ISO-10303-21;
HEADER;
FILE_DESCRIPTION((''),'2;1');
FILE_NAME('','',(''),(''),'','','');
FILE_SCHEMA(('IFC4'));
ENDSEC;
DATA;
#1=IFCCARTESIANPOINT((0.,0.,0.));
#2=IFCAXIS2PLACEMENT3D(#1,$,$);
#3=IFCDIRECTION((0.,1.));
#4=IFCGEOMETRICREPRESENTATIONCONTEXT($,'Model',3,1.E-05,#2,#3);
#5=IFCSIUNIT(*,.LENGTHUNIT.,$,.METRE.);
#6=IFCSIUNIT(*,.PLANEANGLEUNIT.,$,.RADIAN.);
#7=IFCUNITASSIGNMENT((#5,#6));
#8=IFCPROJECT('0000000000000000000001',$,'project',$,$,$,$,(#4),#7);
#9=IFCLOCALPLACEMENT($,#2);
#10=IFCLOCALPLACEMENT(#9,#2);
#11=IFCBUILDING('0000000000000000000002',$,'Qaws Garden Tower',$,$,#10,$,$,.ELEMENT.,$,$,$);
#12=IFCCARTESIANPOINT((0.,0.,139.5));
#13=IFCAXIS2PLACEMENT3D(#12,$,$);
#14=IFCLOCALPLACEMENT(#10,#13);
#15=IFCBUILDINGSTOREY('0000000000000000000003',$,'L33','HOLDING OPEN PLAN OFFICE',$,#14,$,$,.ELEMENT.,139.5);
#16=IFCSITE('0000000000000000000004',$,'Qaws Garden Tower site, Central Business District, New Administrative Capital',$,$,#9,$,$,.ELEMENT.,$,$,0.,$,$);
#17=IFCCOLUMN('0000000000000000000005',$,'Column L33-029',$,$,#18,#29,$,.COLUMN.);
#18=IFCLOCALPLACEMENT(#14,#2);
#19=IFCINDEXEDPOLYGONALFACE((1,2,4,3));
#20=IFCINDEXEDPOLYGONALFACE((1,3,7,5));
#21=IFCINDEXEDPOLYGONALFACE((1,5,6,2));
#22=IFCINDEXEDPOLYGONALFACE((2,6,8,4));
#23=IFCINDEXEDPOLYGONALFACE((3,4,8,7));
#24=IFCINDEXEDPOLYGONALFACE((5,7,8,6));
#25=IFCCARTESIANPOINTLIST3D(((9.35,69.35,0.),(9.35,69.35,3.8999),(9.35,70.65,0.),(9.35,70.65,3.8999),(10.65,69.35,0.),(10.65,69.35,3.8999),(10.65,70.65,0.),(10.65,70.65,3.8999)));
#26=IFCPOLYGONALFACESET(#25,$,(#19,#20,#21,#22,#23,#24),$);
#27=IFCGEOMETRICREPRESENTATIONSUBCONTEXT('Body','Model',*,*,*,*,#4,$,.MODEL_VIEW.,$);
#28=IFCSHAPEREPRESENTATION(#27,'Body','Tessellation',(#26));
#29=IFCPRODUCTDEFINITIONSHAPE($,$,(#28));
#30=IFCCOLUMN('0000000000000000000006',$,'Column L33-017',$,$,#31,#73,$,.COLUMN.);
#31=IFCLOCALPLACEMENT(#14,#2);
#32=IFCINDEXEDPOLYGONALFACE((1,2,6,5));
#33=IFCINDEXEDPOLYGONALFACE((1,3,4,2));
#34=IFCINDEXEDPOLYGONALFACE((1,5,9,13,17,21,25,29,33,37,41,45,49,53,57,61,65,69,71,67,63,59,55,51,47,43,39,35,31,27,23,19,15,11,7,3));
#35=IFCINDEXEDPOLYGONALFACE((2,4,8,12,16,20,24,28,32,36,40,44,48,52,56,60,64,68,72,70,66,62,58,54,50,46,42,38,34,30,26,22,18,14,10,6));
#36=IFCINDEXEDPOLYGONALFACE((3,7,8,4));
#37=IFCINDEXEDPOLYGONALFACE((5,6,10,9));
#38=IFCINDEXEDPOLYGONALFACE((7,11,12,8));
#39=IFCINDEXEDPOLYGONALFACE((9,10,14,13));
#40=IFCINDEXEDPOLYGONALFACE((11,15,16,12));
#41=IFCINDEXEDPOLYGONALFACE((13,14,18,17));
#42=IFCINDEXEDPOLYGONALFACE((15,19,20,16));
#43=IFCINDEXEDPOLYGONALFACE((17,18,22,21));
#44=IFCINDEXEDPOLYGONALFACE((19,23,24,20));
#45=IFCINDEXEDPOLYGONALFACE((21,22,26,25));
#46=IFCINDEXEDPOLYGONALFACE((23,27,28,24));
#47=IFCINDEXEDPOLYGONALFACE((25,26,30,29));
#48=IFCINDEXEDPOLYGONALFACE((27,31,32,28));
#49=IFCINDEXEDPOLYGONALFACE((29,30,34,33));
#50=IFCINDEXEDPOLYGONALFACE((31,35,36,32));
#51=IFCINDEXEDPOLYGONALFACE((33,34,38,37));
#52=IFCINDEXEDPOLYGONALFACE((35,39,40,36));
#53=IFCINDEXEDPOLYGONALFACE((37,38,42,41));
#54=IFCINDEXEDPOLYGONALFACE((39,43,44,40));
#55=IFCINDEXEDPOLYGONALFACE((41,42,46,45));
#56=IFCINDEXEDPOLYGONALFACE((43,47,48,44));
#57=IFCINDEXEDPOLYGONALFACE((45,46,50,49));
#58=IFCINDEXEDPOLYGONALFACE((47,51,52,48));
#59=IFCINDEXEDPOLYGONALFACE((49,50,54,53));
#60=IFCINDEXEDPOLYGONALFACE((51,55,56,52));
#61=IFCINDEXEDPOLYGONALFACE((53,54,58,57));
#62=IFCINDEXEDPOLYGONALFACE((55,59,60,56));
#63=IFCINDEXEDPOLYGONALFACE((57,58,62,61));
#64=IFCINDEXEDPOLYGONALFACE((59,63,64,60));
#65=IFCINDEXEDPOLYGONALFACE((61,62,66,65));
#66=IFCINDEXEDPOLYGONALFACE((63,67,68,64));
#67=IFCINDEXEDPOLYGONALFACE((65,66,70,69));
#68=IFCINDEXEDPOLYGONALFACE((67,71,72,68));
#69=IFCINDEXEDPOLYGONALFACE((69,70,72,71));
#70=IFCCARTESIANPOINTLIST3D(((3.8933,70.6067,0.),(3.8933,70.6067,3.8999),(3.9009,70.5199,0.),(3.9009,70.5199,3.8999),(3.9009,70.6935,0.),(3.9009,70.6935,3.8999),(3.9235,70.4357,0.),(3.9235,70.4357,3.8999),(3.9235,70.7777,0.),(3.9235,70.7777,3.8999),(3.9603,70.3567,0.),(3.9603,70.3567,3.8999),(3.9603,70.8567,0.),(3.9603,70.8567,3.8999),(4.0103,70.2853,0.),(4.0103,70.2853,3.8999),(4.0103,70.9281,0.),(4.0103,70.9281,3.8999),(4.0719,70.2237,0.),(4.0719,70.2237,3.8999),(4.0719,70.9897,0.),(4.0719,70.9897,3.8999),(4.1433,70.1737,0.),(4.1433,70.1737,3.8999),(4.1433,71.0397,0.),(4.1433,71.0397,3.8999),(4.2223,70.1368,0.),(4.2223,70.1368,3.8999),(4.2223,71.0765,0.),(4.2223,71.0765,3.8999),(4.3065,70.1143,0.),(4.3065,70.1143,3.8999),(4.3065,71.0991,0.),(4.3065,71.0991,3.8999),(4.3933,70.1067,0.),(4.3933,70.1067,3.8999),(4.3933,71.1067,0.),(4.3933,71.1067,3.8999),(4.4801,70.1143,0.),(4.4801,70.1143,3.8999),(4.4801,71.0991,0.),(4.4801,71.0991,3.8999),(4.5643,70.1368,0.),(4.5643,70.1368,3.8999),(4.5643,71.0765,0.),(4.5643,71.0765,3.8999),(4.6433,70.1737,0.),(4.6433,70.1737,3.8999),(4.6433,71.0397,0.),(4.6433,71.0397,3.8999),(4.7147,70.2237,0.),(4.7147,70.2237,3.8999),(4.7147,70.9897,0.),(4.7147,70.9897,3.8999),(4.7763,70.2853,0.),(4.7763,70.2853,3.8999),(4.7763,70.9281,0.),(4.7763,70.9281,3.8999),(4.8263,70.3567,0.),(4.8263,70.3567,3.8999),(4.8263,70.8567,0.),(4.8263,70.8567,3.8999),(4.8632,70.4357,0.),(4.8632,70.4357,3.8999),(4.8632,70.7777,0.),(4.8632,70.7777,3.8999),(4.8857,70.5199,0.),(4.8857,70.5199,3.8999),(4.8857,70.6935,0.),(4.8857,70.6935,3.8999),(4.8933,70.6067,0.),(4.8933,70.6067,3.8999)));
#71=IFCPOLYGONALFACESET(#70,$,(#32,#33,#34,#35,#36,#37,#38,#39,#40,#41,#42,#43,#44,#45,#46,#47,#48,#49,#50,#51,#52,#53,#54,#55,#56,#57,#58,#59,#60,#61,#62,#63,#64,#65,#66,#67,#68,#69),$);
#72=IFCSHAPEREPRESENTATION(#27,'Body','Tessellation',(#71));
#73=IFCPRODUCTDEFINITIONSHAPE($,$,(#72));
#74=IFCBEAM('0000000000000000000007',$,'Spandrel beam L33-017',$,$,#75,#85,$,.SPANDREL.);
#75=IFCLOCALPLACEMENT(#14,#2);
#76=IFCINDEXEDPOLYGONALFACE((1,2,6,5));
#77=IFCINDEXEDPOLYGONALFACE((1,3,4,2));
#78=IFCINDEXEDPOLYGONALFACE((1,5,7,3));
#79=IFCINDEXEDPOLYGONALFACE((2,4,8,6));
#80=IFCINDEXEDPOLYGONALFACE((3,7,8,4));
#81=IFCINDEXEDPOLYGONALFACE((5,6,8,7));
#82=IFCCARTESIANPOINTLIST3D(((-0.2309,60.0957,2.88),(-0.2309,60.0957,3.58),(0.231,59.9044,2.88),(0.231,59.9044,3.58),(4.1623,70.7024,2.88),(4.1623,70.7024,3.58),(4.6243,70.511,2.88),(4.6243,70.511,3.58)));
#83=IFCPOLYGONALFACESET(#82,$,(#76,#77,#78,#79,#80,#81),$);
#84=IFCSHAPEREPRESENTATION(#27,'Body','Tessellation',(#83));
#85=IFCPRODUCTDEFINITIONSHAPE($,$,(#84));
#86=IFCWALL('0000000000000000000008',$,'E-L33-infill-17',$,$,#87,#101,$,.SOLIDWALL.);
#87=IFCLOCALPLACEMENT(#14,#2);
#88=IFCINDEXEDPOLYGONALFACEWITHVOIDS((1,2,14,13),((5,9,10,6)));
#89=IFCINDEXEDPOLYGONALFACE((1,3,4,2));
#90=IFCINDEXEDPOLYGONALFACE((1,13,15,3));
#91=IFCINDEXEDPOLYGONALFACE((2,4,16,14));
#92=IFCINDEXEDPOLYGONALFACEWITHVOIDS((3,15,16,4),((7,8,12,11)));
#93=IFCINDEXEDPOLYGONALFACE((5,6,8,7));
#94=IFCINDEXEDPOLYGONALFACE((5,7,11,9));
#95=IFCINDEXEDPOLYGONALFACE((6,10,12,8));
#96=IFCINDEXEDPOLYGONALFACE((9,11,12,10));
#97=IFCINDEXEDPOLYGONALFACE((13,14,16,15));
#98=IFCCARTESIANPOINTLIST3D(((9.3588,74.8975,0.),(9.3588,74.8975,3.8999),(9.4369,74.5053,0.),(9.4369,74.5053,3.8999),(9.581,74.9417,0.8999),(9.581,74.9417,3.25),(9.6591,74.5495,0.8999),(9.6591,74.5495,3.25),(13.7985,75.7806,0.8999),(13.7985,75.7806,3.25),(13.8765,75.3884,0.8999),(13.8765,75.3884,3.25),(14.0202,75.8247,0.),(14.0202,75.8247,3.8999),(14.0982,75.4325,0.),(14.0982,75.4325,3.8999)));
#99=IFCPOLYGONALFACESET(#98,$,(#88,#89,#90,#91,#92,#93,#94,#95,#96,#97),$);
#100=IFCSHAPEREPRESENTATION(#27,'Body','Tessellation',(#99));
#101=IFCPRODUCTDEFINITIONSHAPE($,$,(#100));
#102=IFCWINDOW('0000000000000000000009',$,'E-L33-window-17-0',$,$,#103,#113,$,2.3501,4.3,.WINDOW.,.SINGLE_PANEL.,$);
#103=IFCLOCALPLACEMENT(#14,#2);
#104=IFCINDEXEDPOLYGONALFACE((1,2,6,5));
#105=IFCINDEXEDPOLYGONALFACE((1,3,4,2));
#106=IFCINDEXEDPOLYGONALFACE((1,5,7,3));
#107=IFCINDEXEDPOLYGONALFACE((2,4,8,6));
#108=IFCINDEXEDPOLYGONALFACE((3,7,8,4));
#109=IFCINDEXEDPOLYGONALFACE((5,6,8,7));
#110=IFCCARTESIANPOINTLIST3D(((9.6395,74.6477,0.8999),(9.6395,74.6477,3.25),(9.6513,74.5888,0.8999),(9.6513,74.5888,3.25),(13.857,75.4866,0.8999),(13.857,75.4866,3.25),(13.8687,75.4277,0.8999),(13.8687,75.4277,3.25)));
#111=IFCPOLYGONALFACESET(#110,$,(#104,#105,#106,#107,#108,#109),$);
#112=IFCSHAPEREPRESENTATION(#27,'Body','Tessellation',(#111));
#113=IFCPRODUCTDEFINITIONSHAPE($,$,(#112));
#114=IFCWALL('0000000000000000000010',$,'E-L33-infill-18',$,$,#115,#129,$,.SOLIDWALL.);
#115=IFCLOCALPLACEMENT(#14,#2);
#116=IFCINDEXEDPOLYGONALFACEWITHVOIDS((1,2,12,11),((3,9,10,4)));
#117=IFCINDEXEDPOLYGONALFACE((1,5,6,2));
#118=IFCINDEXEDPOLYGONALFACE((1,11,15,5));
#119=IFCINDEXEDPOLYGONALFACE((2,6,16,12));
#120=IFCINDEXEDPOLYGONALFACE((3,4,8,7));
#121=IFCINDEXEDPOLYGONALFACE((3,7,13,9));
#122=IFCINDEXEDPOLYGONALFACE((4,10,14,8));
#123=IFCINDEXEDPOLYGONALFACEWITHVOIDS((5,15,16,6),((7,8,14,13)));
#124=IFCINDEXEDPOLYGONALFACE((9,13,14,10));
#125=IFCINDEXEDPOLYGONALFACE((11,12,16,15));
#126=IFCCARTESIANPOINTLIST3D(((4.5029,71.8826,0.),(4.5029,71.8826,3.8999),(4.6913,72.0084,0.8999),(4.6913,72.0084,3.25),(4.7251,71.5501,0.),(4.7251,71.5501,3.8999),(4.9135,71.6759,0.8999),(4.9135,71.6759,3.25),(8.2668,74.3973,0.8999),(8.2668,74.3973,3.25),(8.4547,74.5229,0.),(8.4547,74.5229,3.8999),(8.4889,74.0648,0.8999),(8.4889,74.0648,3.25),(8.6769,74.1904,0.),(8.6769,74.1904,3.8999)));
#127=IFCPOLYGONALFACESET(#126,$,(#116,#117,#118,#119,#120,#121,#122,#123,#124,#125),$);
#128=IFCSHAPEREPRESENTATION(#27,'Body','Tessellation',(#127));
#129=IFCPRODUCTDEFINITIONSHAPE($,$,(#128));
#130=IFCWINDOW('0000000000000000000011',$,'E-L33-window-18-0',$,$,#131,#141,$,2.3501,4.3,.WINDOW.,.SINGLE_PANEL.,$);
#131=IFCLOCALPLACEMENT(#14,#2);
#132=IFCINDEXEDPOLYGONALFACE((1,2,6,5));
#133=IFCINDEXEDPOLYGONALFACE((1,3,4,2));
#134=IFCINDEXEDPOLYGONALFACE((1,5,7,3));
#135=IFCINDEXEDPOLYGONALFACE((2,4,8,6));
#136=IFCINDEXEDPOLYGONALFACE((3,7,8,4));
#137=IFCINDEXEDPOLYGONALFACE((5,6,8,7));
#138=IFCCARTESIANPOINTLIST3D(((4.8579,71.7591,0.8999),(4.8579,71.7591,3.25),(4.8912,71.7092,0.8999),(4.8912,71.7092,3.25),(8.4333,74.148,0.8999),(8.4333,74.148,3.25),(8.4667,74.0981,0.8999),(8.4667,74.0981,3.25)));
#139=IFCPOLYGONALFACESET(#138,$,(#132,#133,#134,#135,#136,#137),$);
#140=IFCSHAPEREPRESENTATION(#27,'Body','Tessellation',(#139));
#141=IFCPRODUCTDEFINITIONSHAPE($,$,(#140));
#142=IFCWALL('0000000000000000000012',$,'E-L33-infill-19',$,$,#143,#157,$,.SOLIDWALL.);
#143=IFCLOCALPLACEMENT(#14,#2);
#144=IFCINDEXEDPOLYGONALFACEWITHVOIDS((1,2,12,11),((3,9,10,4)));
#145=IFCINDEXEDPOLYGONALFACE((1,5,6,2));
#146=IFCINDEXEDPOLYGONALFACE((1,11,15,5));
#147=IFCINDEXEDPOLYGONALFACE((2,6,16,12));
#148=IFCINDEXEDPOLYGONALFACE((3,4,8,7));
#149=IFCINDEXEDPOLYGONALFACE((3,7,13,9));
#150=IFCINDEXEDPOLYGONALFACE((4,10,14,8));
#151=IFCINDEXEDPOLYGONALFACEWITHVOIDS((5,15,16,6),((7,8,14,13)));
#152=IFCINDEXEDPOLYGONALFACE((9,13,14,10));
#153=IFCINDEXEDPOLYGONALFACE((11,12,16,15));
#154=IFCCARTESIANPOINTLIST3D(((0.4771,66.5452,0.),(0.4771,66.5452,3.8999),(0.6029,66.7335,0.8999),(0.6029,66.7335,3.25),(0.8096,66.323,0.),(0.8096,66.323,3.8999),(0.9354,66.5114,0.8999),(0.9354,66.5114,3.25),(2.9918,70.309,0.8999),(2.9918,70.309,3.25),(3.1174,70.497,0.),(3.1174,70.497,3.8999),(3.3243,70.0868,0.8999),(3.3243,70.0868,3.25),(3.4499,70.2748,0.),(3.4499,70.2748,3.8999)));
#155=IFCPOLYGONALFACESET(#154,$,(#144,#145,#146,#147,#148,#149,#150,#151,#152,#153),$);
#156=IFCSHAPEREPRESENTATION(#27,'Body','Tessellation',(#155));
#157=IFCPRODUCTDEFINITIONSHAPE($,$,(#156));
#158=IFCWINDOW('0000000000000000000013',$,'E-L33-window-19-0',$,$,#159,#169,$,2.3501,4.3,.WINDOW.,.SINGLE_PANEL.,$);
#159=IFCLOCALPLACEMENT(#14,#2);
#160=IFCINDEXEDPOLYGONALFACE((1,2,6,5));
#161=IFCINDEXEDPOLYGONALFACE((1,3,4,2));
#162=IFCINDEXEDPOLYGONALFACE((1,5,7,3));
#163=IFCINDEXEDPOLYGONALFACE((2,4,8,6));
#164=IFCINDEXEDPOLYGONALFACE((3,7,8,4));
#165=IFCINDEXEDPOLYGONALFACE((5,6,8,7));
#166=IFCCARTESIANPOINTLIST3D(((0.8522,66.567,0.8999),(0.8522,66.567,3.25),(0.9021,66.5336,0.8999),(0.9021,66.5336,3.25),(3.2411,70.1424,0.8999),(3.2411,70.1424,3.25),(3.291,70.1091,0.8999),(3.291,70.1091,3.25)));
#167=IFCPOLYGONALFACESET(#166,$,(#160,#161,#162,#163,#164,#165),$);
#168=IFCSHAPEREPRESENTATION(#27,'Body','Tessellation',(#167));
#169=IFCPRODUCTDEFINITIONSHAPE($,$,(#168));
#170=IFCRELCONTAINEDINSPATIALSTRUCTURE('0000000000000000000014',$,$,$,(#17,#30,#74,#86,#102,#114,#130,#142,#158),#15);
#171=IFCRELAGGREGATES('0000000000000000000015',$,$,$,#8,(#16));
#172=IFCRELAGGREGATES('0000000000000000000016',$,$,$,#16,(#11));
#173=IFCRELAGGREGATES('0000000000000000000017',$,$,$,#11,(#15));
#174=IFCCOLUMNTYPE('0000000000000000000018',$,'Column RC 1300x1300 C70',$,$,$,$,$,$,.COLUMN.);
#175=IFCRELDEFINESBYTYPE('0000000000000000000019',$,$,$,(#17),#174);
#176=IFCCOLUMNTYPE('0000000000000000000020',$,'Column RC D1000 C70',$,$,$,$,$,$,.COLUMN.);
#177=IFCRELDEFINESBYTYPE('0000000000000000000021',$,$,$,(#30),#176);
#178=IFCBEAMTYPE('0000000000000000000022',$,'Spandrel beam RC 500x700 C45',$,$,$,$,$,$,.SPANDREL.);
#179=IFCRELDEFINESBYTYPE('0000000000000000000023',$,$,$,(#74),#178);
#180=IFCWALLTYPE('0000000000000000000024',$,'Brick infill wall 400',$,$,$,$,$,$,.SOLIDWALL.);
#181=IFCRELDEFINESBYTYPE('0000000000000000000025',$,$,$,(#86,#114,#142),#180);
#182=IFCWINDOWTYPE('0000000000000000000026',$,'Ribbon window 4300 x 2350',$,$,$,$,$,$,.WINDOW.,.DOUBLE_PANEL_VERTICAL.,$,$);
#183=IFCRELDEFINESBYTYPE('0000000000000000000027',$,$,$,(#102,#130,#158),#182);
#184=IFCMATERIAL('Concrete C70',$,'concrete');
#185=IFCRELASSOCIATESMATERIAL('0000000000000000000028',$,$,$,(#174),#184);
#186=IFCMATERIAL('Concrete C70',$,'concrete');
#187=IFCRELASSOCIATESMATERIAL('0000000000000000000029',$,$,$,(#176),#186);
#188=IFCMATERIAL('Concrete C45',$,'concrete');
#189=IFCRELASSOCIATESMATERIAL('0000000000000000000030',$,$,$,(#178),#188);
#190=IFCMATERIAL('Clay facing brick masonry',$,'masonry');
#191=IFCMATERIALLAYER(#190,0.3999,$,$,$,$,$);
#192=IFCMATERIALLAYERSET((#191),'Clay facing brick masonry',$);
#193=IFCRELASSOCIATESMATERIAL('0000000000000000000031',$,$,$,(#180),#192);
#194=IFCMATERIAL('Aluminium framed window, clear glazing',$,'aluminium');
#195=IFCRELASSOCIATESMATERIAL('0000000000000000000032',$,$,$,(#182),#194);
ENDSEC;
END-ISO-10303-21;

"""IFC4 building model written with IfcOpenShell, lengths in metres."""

from ifc_helpers import new_model, si_unit, direction, frame, frame_2d, origin, origin_2d, place, context, subcontext, project, spatial, rectangle, circle, extrude, material, layer, layer_set, material_profile, profile_set, type_object, element, fill, save


model = new_model("IFC4")

# Units and contexts
model_context = context("Model", 3, precision=1e-05, world=origin(), true_north=direction((0.0, 1.0)))
body_context = subcontext(model_context, "Body", "Model", "MODEL_VIEW")
ifc_project = project(units=[si_unit("LENGTHUNIT", "METRE"), si_unit("PLANEANGLEUNIT", "RADIAN")], contexts=[model_context])

# Site, building, storey
site_placement = place(None, origin())
site = spatial("IfcSite", under=ifc_project, at=site_placement, Name="Qaws Garden Tower site, Central Business District, New Administrative Capital", CompositionType="ELEMENT", RefElevation=0.0)
building_placement = place(site_placement, origin())
building = spatial("IfcBuilding", under=site, at=building_placement, Name="Qaws Garden Tower", CompositionType="ELEMENT")
storey_placement = place(building_placement, frame((0.0, 0.0, 139.5)))
storey = spatial("IfcBuildingStorey", under=building, at=storey_placement, Name="L33", Description="HOLDING OPEN PLAN OFFICE", CompositionType="ELEMENT", Elevation=139.5)

# Columns
ifc_material_1 = material(Name="Concrete C70", Category="concrete")
ifc_material_profile_1 = material_profile(ifc_material_1, rectangle(XDim=1.3, YDim=1.3, at=origin_2d()), Name="RC 1300x1300")
ifc_profile_set_1 = profile_set([ifc_material_profile_1], Name="Concrete C70")
column_type_1 = type_object("IfcColumnType", Name="Column RC 1300x1300 C70", PredefinedType="COLUMN", material=ifc_profile_set_1)
column_1_placement = place(storey_placement, frame((10.0, 70.0, 0.0), z_axis=(0.0, 0.0, 1.0), x_axis=(1.0, 0.0, 0.0)))
element("IfcColumn", 1, at=column_1_placement, inside=storey, type_object=column_type_1, Name="Column L33-029", PredefinedType="COLUMN", context=body_context, shape_type="SweptSolid", body=[
    extrude(rectangle(XDim=1.3, YDim=1.3, at=origin_2d()), origin(), (0.0, 0.0, 1.0), 3.8999),
])
ifc_material_2 = material(Name="Concrete C70", Category="concrete")
ifc_material_profile_2 = material_profile(ifc_material_2, circle(Radius=0.5, at=origin_2d()), Name="RC D1000")
ifc_profile_set_2 = profile_set([ifc_material_profile_2], Name="Concrete C70")
column_type_2 = type_object("IfcColumnType", Name="Column RC D1000 C70", PredefinedType="COLUMN", material=ifc_profile_set_2)
column_2_placement = place(storey_placement, frame((4.3933, 70.6067, 0.0), z_axis=(0.0, 0.0, 1.0), x_axis=(1.0, 0.0, 0.0)))
element("IfcColumn", 2, at=column_2_placement, inside=storey, type_object=column_type_2, Name="Column L33-017", PredefinedType="COLUMN", context=body_context, shape_type="SweptSolid", body=[
    extrude(circle(Radius=0.5, at=origin_2d()), origin(), (0.0, 0.0, 1.0), 3.8999),
])

# Beam
ifc_material_3 = material(Name="Concrete C45", Category="concrete")
ifc_material_profile_3 = material_profile(ifc_material_3, rectangle(XDim=0.5, YDim=0.7, at=origin_2d()), Name="RC 500x700")
ifc_profile_set_3 = profile_set([ifc_material_profile_3], Name="Concrete C45")
beam_type = type_object("IfcBeamType", Name="Spandrel beam RC 500x700 C45", PredefinedType="SPANDREL", material=ifc_profile_set_3)
beam_placement = place(storey_placement, frame((4.3933, 70.6067, 3.23), z_axis=(-0.382674, -0.923883, 0.0), x_axis=(0.923883, -0.382674, 0.0)))
element("IfcBeam", 3, at=beam_placement, inside=storey, type_object=beam_type, Name="Spandrel beam L33-017", PredefinedType="SPANDREL", context=body_context, shape_type="SweptSolid", body=[
    extrude(rectangle(XDim=0.5, YDim=0.7, at=origin_2d()), origin(), (0.0, 0.0, 1.0), 11.4805),
])

# Walls, openings, windows
ifc_material_4 = material(Name="Clay facing brick masonry", Category="masonry")
ifc_layer_1 = layer(ifc_material_4, 0.3999)
ifc_layer_set_1 = layer_set([ifc_layer_1], Name="Clay facing brick masonry")
wall_type_1 = type_object("IfcWallType", Name="Brick infill wall 400", PredefinedType="SOLIDWALL", material=ifc_layer_set_1)
wall_1_placement = place(storey_placement, frame((14.0593, 75.6287, 0.0), z_axis=(0.0, 0.0, 1.0), x_axis=(-0.980784, -0.195099, 0.0)))
wall_1 = element("IfcWall", 4, at=wall_1_placement, inside=storey, type_object=wall_type_1, Name="E-L33-infill-17", PredefinedType="SOLIDWALL", context=body_context, shape_type="SweptSolid", body=[
    extrude(rectangle(XDim=4.7527, YDim=0.3999, at=frame_2d((2.3765, 0.0))), origin(), (0.0, 0.0, 1.0), 3.8999),
])
opening_1_placement = place(wall_1_placement, frame((0.2263, 0.0, 0.8999)))
opening_1 = element("IfcOpeningElement", 5, at=opening_1_placement, cuts=wall_1, PredefinedType="OPENING", context=body_context, shape_type="SweptSolid", body=[
    extrude(rectangle(XDim=4.3, YDim=2.3501, at=frame_2d((2.1499, 1.175))), frame((0.0, 0.21, 0.0), z_axis=(0.0, -1.0, 0.0), x_axis=(1.0, 0.0, 0.0)), (0.0, 0.0, 1.0), 0.4199),
])
ifc_material_5 = material(Name="Aluminium framed window, clear glazing", Category="aluminium")
window_type = type_object("IfcWindowType", Name="Ribbon window 4300 x 2350", PartitioningType="DOUBLE_PANEL_VERTICAL", PredefinedType="WINDOW", material=ifc_material_5)
window_1_placement = place(opening_1_placement, origin())
window_1 = element("IfcWindow", 6, at=window_1_placement, inside=storey, type_object=window_type, Name="E-L33-window-17-0", OverallHeight=2.3501, OverallWidth=4.3, PartitioningType="SINGLE_PANEL", PredefinedType="WINDOW", context=body_context, shape_type="SweptSolid", body=[
    extrude(rectangle(XDim=4.3, YDim=2.3501, at=frame_2d((2.1499, 1.175))), frame((0.0, 0.1599, 0.0), z_axis=(0.0, -1.0, 0.0), x_axis=(1.0, 0.0, 0.0)), (0.0, 0.0, 1.0), 0.0601),
])
fill(opening_1, window_1)
wall_2_placement = place(storey_placement, frame((8.5659, 74.3567, 0.0), z_axis=(0.0, 0.0, 1.0), x_axis=(-0.831489, -0.555542, 0.0)))
wall_2 = element("IfcWall", 7, at=wall_2_placement, inside=storey, type_object=wall_type_1, Name="E-L33-infill-18", PredefinedType="SOLIDWALL", context=body_context, shape_type="SweptSolid", body=[
    extrude(rectangle(XDim=4.7527, YDim=0.3999, at=frame_2d((2.3765, 0.0))), origin(), (0.0, 0.0, 1.0), 3.8999),
])
opening_2_placement = place(wall_2_placement, frame((0.2263, 0.0, 0.8999)))
opening_2 = element("IfcOpeningElement", 8, at=opening_2_placement, cuts=wall_2, PredefinedType="OPENING", context=body_context, shape_type="SweptSolid", body=[
    extrude(rectangle(XDim=4.3, YDim=2.3501, at=frame_2d((2.1499, 1.175))), frame((0.0, 0.21, 0.0), z_axis=(0.0, -1.0, 0.0), x_axis=(1.0, 0.0, 0.0)), (0.0, 0.0, 1.0), 0.4199),
])
window_2_placement = place(opening_2_placement, origin())
window_2 = element("IfcWindow", 9, at=window_2_placement, inside=storey, type_object=window_type, Name="E-L33-window-18-0", OverallHeight=2.3501, OverallWidth=4.3, PartitioningType="SINGLE_PANEL", PredefinedType="WINDOW", context=body_context, shape_type="SweptSolid", body=[
    extrude(rectangle(XDim=4.3, YDim=2.3501, at=frame_2d((2.1499, 1.175))), frame((0.0, 0.1599, 0.0), z_axis=(0.0, -1.0, 0.0), x_axis=(1.0, 0.0, 0.0)), (0.0, 0.0, 1.0), 0.0601),
])
fill(opening_2, window_2)
wall_3_placement = place(storey_placement, frame((3.2837, 70.386, 0.0), z_axis=(0.0, 0.0, 1.0), x_axis=(-0.555542, -0.831489, 0.0)))
wall_3 = element("IfcWall", 10, at=wall_3_placement, inside=storey, type_object=wall_type_1, Name="E-L33-infill-19", PredefinedType="SOLIDWALL", context=body_context, shape_type="SweptSolid", body=[
    extrude(rectangle(XDim=4.7527, YDim=0.3999, at=frame_2d((2.3765, 0.0))), origin(), (0.0, 0.0, 1.0), 3.8999),
])
opening_3_placement = place(wall_3_placement, frame((0.2263, 0.0, 0.8999)))
opening_3 = element("IfcOpeningElement", 11, at=opening_3_placement, cuts=wall_3, PredefinedType="OPENING", context=body_context, shape_type="SweptSolid", body=[
    extrude(rectangle(XDim=4.3, YDim=2.3501, at=frame_2d((2.1499, 1.175))), frame((0.0, 0.21, 0.0), z_axis=(0.0, -1.0, 0.0), x_axis=(1.0, 0.0, 0.0)), (0.0, 0.0, 1.0), 0.4199),
])
window_3_placement = place(opening_3_placement, origin())
window_3 = element("IfcWindow", 12, at=window_3_placement, inside=storey, type_object=window_type, Name="E-L33-window-19-0", OverallHeight=2.3501, OverallWidth=4.3, PartitioningType="SINGLE_PANEL", PredefinedType="WINDOW", context=body_context, shape_type="SweptSolid", body=[
    extrude(rectangle(XDim=4.3, YDim=2.3501, at=frame_2d((2.1499, 1.175))), frame((0.0, 0.1599, 0.0), z_axis=(0.0, -1.0, 0.0), x_axis=(1.0, 0.0, 0.0)), (0.0, 0.0, 1.0), 0.0601),
])
fill(opening_3, window_3)

save(model, "model.ifc")
